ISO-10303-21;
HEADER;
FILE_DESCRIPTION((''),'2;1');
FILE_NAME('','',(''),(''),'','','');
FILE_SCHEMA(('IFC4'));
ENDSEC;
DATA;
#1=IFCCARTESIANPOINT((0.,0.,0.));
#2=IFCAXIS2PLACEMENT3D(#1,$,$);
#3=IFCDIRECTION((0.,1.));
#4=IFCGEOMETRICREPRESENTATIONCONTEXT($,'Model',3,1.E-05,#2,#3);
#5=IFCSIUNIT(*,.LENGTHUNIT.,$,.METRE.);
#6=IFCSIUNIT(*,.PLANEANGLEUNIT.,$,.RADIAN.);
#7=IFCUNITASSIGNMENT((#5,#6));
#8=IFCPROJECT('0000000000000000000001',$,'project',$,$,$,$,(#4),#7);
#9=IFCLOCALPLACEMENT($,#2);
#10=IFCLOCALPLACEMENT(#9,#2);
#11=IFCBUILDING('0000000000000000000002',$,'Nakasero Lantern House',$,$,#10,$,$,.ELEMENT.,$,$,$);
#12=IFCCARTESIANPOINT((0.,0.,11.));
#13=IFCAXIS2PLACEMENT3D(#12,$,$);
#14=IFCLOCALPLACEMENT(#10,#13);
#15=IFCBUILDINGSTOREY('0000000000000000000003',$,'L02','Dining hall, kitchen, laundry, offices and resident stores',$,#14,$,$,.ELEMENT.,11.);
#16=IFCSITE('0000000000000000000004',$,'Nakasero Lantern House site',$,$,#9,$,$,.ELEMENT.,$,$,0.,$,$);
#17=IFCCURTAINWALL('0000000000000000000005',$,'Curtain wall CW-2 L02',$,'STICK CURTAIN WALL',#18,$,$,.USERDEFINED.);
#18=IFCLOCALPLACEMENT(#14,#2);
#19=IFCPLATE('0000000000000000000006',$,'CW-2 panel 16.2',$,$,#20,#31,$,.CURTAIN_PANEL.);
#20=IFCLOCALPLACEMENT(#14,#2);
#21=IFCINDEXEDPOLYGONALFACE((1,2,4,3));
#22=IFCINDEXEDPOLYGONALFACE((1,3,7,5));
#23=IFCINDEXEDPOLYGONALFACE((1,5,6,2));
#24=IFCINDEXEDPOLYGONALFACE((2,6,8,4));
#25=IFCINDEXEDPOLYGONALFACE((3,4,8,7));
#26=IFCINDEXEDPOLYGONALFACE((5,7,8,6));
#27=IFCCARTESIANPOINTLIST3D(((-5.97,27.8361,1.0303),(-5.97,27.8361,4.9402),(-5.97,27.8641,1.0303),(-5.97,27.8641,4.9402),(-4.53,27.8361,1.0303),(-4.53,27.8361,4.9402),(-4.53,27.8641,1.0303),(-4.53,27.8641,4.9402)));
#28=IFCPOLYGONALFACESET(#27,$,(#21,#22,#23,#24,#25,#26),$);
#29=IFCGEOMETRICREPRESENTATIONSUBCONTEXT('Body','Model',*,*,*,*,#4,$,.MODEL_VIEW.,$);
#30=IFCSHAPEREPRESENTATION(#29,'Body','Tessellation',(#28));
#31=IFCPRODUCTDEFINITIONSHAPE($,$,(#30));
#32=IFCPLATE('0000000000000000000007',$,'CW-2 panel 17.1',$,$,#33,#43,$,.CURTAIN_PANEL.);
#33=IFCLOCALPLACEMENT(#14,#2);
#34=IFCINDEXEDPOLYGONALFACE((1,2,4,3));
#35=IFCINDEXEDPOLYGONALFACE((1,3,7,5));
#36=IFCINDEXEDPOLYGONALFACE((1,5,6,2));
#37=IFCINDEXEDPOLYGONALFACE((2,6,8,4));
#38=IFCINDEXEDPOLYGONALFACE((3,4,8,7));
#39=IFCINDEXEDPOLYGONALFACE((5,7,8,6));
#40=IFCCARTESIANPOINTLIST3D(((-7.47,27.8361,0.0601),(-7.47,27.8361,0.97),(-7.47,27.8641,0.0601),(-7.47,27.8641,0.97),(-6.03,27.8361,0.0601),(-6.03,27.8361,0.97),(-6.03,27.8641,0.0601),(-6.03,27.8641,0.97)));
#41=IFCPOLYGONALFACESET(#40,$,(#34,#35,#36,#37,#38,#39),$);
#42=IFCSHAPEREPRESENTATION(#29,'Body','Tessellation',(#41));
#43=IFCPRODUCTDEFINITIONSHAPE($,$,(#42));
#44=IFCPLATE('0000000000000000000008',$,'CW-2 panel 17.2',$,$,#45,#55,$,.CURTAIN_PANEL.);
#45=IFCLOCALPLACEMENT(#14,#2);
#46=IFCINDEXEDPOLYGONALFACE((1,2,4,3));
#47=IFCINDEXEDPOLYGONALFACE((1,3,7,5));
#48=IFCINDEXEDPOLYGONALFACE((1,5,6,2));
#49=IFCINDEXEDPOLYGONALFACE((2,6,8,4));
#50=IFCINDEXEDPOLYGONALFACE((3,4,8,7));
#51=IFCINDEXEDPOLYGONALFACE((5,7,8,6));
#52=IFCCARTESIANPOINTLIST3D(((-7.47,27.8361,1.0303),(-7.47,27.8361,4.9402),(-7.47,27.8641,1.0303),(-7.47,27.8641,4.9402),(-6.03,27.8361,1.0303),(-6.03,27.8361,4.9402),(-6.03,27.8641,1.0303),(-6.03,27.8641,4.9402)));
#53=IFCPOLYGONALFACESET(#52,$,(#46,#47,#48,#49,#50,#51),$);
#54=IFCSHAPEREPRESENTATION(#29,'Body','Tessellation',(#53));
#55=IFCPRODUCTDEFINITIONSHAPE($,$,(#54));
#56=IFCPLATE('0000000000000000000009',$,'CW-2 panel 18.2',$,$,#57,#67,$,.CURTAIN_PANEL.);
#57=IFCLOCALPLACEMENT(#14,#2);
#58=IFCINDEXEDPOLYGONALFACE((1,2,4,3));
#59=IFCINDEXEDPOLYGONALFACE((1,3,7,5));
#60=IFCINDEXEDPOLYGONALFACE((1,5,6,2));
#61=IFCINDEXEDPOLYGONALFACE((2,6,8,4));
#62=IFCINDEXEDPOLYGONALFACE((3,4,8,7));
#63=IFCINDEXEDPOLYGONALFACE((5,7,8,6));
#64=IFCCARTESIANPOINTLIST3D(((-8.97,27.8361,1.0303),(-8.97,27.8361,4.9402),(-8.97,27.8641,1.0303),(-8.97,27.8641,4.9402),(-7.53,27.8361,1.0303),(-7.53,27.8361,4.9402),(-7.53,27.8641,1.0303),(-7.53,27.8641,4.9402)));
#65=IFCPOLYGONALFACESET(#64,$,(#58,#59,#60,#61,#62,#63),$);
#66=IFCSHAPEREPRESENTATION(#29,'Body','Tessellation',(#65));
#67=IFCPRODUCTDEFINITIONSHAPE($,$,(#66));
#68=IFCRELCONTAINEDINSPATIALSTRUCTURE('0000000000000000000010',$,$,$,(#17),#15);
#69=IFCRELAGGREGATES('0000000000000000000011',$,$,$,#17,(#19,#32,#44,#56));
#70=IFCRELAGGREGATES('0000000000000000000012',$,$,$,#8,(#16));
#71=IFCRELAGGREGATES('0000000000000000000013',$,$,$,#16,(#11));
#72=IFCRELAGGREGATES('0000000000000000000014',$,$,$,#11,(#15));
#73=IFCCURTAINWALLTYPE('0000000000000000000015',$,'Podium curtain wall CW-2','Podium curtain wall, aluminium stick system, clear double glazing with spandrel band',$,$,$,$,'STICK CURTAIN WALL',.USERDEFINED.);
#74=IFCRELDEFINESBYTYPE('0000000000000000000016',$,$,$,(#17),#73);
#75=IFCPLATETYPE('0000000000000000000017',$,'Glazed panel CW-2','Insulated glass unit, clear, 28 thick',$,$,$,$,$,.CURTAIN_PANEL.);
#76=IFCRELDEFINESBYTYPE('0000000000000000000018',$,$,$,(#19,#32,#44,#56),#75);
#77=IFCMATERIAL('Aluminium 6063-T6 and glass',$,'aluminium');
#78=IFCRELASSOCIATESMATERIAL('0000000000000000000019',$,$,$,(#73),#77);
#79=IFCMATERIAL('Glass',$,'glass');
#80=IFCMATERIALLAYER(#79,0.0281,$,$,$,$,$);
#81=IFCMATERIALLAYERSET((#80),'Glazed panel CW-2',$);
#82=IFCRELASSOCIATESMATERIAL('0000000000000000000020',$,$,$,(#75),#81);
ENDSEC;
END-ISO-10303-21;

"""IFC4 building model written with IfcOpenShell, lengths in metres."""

from ifc_helpers import new_model, si_unit, direction, frame, origin, origin_2d, place, context, subcontext, project, spatial, rectangle, extrude, material, layer, layer_set, type_object, element, aggregate, save


model = new_model("IFC4")

# Units and contexts
model_context = context("Model", 3, precision=1e-05, world=origin(), true_north=direction((0.0, 1.0)))
body_context = subcontext(model_context, "Body", "Model", "MODEL_VIEW")
ifc_project = project(units=[si_unit("LENGTHUNIT", "METRE"), si_unit("PLANEANGLEUNIT", "RADIAN")], contexts=[model_context])

# Site, building, storey
site_placement = place(None, origin())
site = spatial("IfcSite", under=ifc_project, at=site_placement, Name="Nakasero Lantern House site", CompositionType="ELEMENT", RefElevation=0.0)
building_placement = place(site_placement, origin())
building = spatial("IfcBuilding", under=site, at=building_placement, Name="Nakasero Lantern House", CompositionType="ELEMENT")
storey_placement = place(building_placement, frame((0.0, 0.0, 11.0)))
storey = spatial("IfcBuildingStorey", under=building, at=storey_placement, Name="L02", Description="Dining hall, kitchen, laundry, offices and resident stores", CompositionType="ELEMENT", Elevation=11.0)

# Curtain wall, plates
ifc_material_1 = material(Name="Aluminium 6063-T6 and glass", Category="aluminium")
curtain_wall_type = type_object("IfcCurtainWallType", Name="Podium curtain wall CW-2", Description="Podium curtain wall, aluminium stick system, clear double glazing with spandrel band", ElementType="STICK CURTAIN WALL", PredefinedType="USERDEFINED", material=ifc_material_1)
curtain_wall_placement = place(storey_placement, origin())
curtain_wall = element("IfcCurtainWall", 1, at=curtain_wall_placement, inside=storey, type_object=curtain_wall_type, Name="Curtain wall CW-2 L02", ObjectType="STICK CURTAIN WALL", PredefinedType="USERDEFINED")
ifc_material_2 = material(Name="Glass", Category="glass")
ifc_layer = layer(ifc_material_2, 0.0281)
ifc_layer_set = layer_set([ifc_layer], Name="Glazed panel CW-2")
plate_type = type_object("IfcPlateType", Name="Glazed panel CW-2", Description="Insulated glass unit, clear, 28 thick", PredefinedType="CURTAIN_PANEL", material=ifc_layer_set)
plate_1_placement = place(storey_placement, frame((-5.25, 27.8501, 1.0303), z_axis=(0.0, 0.0, 1.0), x_axis=(-1.0, 0.0, 0.0)))
plate_1 = element("IfcPlate", 2, at=plate_1_placement, type_object=plate_type, Name="CW-2 panel 16.2", PredefinedType="CURTAIN_PANEL", context=body_context, shape_type="SweptSolid", body=[
    extrude(rectangle(XDim=1.4399, YDim=0.0281, at=origin_2d()), origin(), (0.0, 0.0, 1.0), 3.9099),
])
plate_2_placement = place(storey_placement, frame((-6.75, 27.8501, 0.0601), z_axis=(0.0, 0.0, 1.0), x_axis=(-1.0, 0.0, 0.0)))
plate_2 = element("IfcPlate", 3, at=plate_2_placement, type_object=plate_type, Name="CW-2 panel 17.1", PredefinedType="CURTAIN_PANEL", context=body_context, shape_type="SweptSolid", body=[
    extrude(rectangle(XDim=1.4399, YDim=0.0281, at=origin_2d()), origin(), (0.0, 0.0, 1.0), 0.9099),
])
plate_3_placement = place(storey_placement, frame((-6.75, 27.8501, 1.0303), z_axis=(0.0, 0.0, 1.0), x_axis=(-1.0, 0.0, 0.0)))
plate_3 = element("IfcPlate", 4, at=plate_3_placement, type_object=plate_type, Name="CW-2 panel 17.2", PredefinedType="CURTAIN_PANEL", context=body_context, shape_type="SweptSolid", body=[
    extrude(rectangle(XDim=1.4399, YDim=0.0281, at=origin_2d()), origin(), (0.0, 0.0, 1.0), 3.9099),
])
plate_4_placement = place(storey_placement, frame((-8.25, 27.8501, 1.0303), z_axis=(0.0, 0.0, 1.0), x_axis=(-1.0, 0.0, 0.0)))
plate_4 = element("IfcPlate", 5, at=plate_4_placement, type_object=plate_type, Name="CW-2 panel 18.2", PredefinedType="CURTAIN_PANEL", context=body_context, shape_type="SweptSolid", body=[
    extrude(rectangle(XDim=1.4399, YDim=0.0281, at=origin_2d()), origin(), (0.0, 0.0, 1.0), 3.9099),
])
aggregate(curtain_wall, [plate_1, plate_2, plate_3, plate_4])

save(model, "model.ifc")
